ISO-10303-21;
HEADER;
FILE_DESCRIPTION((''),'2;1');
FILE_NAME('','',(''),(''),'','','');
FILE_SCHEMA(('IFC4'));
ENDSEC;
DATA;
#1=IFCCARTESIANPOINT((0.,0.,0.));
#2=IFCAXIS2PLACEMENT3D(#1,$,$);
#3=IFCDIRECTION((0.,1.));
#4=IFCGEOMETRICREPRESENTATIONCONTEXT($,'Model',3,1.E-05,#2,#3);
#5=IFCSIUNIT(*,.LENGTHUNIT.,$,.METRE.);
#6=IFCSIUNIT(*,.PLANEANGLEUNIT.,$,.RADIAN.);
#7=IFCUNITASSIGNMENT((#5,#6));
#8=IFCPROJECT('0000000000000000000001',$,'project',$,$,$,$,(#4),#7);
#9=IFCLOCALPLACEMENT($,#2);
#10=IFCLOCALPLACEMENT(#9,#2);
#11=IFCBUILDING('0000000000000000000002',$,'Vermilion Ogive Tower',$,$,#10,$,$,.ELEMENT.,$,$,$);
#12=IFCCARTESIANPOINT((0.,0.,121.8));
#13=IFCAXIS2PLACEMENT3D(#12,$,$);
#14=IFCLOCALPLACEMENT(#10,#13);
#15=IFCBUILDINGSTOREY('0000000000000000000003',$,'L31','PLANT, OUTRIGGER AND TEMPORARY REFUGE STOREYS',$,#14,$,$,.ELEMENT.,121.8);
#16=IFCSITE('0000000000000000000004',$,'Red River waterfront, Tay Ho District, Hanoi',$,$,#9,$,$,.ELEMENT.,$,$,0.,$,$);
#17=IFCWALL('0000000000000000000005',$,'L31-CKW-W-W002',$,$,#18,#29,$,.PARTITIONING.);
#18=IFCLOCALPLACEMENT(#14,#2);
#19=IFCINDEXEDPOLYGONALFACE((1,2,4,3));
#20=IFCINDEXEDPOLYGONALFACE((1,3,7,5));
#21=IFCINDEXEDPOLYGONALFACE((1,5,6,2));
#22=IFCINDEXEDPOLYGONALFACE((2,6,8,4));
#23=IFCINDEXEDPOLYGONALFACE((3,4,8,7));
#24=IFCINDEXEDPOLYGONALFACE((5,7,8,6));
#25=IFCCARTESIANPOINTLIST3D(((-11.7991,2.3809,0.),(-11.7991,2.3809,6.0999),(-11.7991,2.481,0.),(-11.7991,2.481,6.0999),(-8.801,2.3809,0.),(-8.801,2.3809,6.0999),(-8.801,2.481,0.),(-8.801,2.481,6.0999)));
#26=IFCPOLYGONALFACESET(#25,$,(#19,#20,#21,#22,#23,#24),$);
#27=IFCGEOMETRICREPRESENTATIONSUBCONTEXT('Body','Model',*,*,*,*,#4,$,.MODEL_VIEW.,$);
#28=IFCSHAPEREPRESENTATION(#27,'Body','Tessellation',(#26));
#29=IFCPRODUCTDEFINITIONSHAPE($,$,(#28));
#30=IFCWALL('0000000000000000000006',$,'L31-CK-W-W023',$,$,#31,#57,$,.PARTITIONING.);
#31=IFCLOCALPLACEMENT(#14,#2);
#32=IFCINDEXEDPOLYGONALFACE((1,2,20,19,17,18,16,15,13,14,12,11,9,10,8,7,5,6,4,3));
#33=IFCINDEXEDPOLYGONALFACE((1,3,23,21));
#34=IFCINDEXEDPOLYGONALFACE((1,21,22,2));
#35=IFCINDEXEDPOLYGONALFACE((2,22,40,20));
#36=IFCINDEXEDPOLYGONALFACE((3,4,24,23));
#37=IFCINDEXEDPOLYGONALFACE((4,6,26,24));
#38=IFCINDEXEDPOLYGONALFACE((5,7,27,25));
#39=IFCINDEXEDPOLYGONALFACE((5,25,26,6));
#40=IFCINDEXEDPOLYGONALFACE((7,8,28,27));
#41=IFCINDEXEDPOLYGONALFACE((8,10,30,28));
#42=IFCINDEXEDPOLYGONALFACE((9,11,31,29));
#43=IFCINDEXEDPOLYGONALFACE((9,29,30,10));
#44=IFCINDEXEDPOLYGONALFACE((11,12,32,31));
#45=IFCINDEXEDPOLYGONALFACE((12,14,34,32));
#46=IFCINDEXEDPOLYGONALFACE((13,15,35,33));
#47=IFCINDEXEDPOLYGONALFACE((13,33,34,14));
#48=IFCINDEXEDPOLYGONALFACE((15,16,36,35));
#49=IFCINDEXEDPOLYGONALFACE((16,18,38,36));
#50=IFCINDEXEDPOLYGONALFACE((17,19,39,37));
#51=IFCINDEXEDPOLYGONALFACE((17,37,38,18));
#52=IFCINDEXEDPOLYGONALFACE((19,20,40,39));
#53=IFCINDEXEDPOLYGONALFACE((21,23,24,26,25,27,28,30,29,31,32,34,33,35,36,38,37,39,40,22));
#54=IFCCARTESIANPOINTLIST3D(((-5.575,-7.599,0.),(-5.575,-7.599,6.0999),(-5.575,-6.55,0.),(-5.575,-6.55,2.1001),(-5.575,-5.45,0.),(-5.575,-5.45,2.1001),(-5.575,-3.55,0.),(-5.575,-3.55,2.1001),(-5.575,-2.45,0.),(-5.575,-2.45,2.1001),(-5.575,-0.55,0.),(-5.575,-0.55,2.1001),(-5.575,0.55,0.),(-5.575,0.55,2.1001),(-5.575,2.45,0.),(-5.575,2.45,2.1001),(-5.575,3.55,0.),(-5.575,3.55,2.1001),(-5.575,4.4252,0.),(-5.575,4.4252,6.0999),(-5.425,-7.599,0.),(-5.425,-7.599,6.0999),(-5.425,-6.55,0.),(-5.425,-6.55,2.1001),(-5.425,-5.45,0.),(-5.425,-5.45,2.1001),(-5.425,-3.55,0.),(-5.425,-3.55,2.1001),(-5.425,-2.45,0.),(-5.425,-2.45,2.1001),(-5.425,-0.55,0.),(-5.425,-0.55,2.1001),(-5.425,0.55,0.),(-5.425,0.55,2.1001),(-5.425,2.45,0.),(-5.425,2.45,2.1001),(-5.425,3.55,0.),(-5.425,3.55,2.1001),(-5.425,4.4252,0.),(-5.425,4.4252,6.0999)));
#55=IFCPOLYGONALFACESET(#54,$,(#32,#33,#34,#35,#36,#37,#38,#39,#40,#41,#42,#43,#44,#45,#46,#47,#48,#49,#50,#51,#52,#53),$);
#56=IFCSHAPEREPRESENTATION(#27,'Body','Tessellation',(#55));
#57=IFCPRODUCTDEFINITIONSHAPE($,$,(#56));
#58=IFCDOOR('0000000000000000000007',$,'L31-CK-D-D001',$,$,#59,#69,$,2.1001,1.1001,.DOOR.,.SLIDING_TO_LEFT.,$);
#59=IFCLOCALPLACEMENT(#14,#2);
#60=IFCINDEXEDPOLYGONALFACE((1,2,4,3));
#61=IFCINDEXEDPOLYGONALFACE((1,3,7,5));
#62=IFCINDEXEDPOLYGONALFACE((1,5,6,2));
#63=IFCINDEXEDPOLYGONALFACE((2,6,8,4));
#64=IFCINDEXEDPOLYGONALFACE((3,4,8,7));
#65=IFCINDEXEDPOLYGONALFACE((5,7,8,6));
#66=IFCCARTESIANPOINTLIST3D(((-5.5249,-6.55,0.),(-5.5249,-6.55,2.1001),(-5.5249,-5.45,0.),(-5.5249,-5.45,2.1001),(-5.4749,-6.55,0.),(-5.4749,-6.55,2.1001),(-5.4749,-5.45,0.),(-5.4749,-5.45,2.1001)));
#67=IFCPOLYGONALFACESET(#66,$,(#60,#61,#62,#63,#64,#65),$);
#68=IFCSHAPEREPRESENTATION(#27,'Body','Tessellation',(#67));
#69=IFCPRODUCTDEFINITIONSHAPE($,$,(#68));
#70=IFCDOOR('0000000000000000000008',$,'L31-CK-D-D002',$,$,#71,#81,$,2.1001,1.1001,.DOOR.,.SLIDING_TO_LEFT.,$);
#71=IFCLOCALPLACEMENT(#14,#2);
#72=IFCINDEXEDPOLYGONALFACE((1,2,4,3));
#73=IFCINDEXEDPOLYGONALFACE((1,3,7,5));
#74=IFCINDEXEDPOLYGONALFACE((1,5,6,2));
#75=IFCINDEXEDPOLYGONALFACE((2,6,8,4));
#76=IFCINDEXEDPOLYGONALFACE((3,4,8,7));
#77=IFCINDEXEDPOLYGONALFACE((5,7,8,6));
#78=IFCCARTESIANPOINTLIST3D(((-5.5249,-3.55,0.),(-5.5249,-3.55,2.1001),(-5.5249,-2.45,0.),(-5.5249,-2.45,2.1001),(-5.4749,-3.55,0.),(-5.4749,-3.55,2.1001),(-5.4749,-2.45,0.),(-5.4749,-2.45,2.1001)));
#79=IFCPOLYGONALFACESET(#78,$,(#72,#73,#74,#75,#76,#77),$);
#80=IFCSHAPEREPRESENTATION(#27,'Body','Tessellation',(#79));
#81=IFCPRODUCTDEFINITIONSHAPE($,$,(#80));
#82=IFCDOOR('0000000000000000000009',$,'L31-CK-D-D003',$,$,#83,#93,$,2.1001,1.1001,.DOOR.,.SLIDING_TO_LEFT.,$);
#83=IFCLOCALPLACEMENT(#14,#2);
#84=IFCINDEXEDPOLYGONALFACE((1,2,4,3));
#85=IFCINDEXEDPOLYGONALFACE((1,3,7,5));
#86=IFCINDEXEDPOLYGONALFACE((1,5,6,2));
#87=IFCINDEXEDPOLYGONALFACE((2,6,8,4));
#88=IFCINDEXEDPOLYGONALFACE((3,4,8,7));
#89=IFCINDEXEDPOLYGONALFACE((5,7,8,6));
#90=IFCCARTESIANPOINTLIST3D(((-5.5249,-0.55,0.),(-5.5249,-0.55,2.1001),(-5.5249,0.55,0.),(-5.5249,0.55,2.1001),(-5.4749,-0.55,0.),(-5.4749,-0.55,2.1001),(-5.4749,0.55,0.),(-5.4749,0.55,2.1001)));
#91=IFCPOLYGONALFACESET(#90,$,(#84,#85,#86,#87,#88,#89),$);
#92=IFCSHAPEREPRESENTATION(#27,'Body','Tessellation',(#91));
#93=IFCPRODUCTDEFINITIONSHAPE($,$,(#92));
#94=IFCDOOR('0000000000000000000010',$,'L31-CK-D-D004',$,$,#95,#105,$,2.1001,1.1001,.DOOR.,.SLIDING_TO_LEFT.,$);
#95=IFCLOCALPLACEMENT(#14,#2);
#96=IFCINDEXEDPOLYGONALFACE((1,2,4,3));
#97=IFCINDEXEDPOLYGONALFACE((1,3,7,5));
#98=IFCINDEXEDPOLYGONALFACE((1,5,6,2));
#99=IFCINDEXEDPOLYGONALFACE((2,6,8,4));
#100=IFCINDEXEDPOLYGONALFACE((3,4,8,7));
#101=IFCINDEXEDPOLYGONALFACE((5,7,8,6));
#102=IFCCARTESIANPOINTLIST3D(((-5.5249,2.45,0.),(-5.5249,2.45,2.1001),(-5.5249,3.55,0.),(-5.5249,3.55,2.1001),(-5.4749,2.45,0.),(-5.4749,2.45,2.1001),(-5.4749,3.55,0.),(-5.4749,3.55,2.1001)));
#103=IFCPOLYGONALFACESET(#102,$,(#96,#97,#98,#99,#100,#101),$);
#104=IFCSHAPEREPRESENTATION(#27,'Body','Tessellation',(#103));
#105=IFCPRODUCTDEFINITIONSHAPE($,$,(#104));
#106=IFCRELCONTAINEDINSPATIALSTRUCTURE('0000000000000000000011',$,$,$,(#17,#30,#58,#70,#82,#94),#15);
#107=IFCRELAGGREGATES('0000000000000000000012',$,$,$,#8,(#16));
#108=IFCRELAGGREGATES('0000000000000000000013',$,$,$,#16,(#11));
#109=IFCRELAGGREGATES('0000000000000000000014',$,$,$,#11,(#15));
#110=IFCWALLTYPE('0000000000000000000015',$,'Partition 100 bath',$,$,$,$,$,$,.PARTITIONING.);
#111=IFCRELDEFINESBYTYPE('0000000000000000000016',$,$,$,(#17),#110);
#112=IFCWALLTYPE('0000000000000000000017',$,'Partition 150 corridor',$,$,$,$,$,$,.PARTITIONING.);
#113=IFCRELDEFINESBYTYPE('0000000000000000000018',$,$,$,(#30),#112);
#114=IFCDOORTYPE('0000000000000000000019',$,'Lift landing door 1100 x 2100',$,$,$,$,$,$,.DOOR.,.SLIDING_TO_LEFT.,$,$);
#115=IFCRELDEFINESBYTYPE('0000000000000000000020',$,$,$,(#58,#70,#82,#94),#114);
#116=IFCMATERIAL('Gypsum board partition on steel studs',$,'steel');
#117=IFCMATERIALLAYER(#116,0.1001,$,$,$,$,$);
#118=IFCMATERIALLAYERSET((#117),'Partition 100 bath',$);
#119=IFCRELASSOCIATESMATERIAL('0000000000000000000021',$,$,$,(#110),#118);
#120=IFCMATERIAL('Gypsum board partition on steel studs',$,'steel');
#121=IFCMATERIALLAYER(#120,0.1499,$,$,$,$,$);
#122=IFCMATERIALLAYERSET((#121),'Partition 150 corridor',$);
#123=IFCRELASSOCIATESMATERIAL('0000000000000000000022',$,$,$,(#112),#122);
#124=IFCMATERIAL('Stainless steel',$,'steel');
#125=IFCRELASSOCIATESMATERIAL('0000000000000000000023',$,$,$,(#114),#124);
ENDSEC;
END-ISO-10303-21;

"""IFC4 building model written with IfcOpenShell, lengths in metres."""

from ifc_helpers import new_model, si_unit, direction, frame, frame_2d, origin, place, context, subcontext, project, spatial, rectangle, extrude, material, layer, layer_set, type_object, element, fill, save


model = new_model("IFC4")

# Units and contexts
model_context = context("Model", 3, precision=1e-05, world=origin(), true_north=direction((0.0, 1.0)))
body_context = subcontext(model_context, "Body", "Model", "MODEL_VIEW")
ifc_project = project(units=[si_unit("LENGTHUNIT", "METRE"), si_unit("PLANEANGLEUNIT", "RADIAN")], contexts=[model_context])

# Site, building, storey
site_placement = place(None, origin())
site = spatial("IfcSite", under=ifc_project, at=site_placement, Name="Red River waterfront, Tay Ho District, Hanoi", CompositionType="ELEMENT", RefElevation=0.0)
building_placement = place(site_placement, origin())
building = spatial("IfcBuilding", under=site, at=building_placement, Name="Vermilion Ogive Tower", CompositionType="ELEMENT")
storey_placement = place(building_placement, frame((0.0, 0.0, 121.8)))
storey = spatial("IfcBuildingStorey", under=building, at=storey_placement, Name="L31", Description="PLANT, OUTRIGGER AND TEMPORARY REFUGE STOREYS", CompositionType="ELEMENT", Elevation=121.8)

# Wall
ifc_material_1 = material(Name="Gypsum board partition on steel studs", Category="steel")
ifc_layer_1 = layer(ifc_material_1, 0.1001)
ifc_layer_set_1 = layer_set([ifc_layer_1], Name="Partition 100 bath")
wall_type_1 = type_object("IfcWallType", Name="Partition 100 bath", PredefinedType="PARTITIONING", material=ifc_layer_set_1)
wall_1_placement = place(storey_placement, frame((-11.7991, 2.4309, 0.0), z_axis=(0.0, 0.0, 1.0), x_axis=(1.0, 0.0, 0.0)))
element("IfcWall", 1, at=wall_1_placement, inside=storey, type_object=wall_type_1, Name="L31-CKW-W-W002", PredefinedType="PARTITIONING", context=body_context, shape_type="SweptSolid", body=[
    extrude(rectangle(XDim=2.998, YDim=0.1001, at=frame_2d((1.499, 0.0))), origin(), (0.0, 0.0, 1.0), 6.0999),
])

# Wall, openings, doors
ifc_material_2 = material(Name="Gypsum board partition on steel studs", Category="steel")
ifc_layer_2 = layer(ifc_material_2, 0.1499)
ifc_layer_set_2 = layer_set([ifc_layer_2], Name="Partition 150 corridor")
wall_type_2 = type_object("IfcWallType", Name="Partition 150 corridor", PredefinedType="PARTITIONING", material=ifc_layer_set_2)
wall_2_placement = place(storey_placement, frame((-5.5, -7.5991, 0.0), z_axis=(0.0, 0.0, 1.0), x_axis=(0.0, 1.0, 0.0)))
wall_2 = element("IfcWall", 2, at=wall_2_placement, inside=storey, type_object=wall_type_2, Name="L31-CK-W-W023", PredefinedType="PARTITIONING", context=body_context, shape_type="SweptSolid", body=[
    extrude(rectangle(XDim=12.0242, YDim=0.1499, at=frame_2d((6.0122, 0.0))), origin(), (0.0, 0.0, 1.0), 6.0999),
])
opening_1_placement = place(wall_2_placement, frame((1.0491, 0.0, 0.0)))
opening_1 = element("IfcOpeningElement", 3, at=opening_1_placement, cuts=wall_2, PredefinedType="OPENING", context=body_context, shape_type="SweptSolid", body=[
    extrude(rectangle(XDim=1.1001, YDim=2.1001, at=frame_2d((0.55, 1.05))), frame((0.0, 0.085, 0.0), z_axis=(0.0, -1.0, 0.0), x_axis=(1.0, 0.0, 0.0)), (0.0, 0.0, 1.0), 0.1699),
])
opening_2_placement = place(wall_2_placement, frame((4.0491, 0.0, 0.0)))
opening_2 = element("IfcOpeningElement", 4, at=opening_2_placement, cuts=wall_2, PredefinedType="OPENING", context=body_context, shape_type="SweptSolid", body=[
    extrude(rectangle(XDim=1.1001, YDim=2.1001, at=frame_2d((0.55, 1.05))), frame((0.0, 0.085, 0.0), z_axis=(0.0, -1.0, 0.0), x_axis=(1.0, 0.0, 0.0)), (0.0, 0.0, 1.0), 0.1699),
])
opening_3_placement = place(wall_2_placement, frame((7.0491, 0.0, 0.0)))
opening_3 = element("IfcOpeningElement", 5, at=opening_3_placement, cuts=wall_2, PredefinedType="OPENING", context=body_context, shape_type="SweptSolid", body=[
    extrude(rectangle(XDim=1.1001, YDim=2.1001, at=frame_2d((0.55, 1.05))), frame((0.0, 0.085, 0.0), z_axis=(0.0, -1.0, 0.0), x_axis=(1.0, 0.0, 0.0)), (0.0, 0.0, 1.0), 0.1699),
])
opening_4_placement = place(wall_2_placement, frame((10.0491, 0.0, 0.0)))
opening_4 = element("IfcOpeningElement", 6, at=opening_4_placement, cuts=wall_2, PredefinedType="OPENING", context=body_context, shape_type="SweptSolid", body=[
    extrude(rectangle(XDim=1.1001, YDim=2.1001, at=frame_2d((0.55, 1.05))), frame((0.0, 0.085, 0.0), z_axis=(0.0, -1.0, 0.0), x_axis=(1.0, 0.0, 0.0)), (0.0, 0.0, 1.0), 0.1699),
])
ifc_material_3 = material(Name="Stainless steel", Category="steel")
door_type = type_object("IfcDoorType", Name="Lift landing door 1100 x 2100", OperationType="SLIDING_TO_LEFT", PredefinedType="DOOR", material=ifc_material_3)
door_1_placement = place(opening_1_placement, origin())
door_1 = element("IfcDoor", 7, at=door_1_placement, inside=storey, type_object=door_type, Name="L31-CK-D-D001", OperationType="SLIDING_TO_LEFT", OverallHeight=2.1001, OverallWidth=1.1001, PredefinedType="DOOR", context=body_context, shape_type="SweptSolid", body=[
    extrude(rectangle(XDim=1.1001, YDim=2.1001, at=frame_2d((0.55, 1.05))), frame((0.0, 0.0249, 0.0), z_axis=(0.0, -1.0, 0.0), x_axis=(1.0, 0.0, 0.0)), (0.0, 0.0, 1.0), 0.05),
])
fill(opening_1, door_1)
door_2_placement = place(opening_2_placement, origin())
door_2 = element("IfcDoor", 8, at=door_2_placement, inside=storey, type_object=door_type, Name="L31-CK-D-D002", OperationType="SLIDING_TO_LEFT", OverallHeight=2.1001, OverallWidth=1.1001, PredefinedType="DOOR", context=body_context, shape_type="SweptSolid", body=[
    extrude(rectangle(XDim=1.1001, YDim=2.1001, at=frame_2d((0.55, 1.05))), frame((0.0, 0.0249, 0.0), z_axis=(0.0, -1.0, 0.0), x_axis=(1.0, 0.0, 0.0)), (0.0, 0.0, 1.0), 0.05),
])
fill(opening_2, door_2)
door_3_placement = place(opening_3_placement, origin())
door_3 = element("IfcDoor", 9, at=door_3_placement, inside=storey, type_object=door_type, Name="L31-CK-D-D003", OperationType="SLIDING_TO_LEFT", OverallHeight=2.1001, OverallWidth=1.1001, PredefinedType="DOOR", context=body_context, shape_type="SweptSolid", body=[
    extrude(rectangle(XDim=1.1001, YDim=2.1001, at=frame_2d((0.55, 1.05))), frame((0.0, 0.0249, 0.0), z_axis=(0.0, -1.0, 0.0), x_axis=(1.0, 0.0, 0.0)), (0.0, 0.0, 1.0), 0.05),
])
fill(opening_3, door_3)
door_4_placement = place(opening_4_placement, origin())
door_4 = element("IfcDoor", 10, at=door_4_placement, inside=storey, type_object=door_type, Name="L31-CK-D-D004", OperationType="SLIDING_TO_LEFT", OverallHeight=2.1001, OverallWidth=1.1001, PredefinedType="DOOR", context=body_context, shape_type="SweptSolid", body=[
    extrude(rectangle(XDim=1.1001, YDim=2.1001, at=frame_2d((0.55, 1.05))), frame((0.0, 0.0249, 0.0), z_axis=(0.0, -1.0, 0.0), x_axis=(1.0, 0.0, 0.0)), (0.0, 0.0, 1.0), 0.05),
])
fill(opening_4, door_4)

save(model, "model.ifc")
